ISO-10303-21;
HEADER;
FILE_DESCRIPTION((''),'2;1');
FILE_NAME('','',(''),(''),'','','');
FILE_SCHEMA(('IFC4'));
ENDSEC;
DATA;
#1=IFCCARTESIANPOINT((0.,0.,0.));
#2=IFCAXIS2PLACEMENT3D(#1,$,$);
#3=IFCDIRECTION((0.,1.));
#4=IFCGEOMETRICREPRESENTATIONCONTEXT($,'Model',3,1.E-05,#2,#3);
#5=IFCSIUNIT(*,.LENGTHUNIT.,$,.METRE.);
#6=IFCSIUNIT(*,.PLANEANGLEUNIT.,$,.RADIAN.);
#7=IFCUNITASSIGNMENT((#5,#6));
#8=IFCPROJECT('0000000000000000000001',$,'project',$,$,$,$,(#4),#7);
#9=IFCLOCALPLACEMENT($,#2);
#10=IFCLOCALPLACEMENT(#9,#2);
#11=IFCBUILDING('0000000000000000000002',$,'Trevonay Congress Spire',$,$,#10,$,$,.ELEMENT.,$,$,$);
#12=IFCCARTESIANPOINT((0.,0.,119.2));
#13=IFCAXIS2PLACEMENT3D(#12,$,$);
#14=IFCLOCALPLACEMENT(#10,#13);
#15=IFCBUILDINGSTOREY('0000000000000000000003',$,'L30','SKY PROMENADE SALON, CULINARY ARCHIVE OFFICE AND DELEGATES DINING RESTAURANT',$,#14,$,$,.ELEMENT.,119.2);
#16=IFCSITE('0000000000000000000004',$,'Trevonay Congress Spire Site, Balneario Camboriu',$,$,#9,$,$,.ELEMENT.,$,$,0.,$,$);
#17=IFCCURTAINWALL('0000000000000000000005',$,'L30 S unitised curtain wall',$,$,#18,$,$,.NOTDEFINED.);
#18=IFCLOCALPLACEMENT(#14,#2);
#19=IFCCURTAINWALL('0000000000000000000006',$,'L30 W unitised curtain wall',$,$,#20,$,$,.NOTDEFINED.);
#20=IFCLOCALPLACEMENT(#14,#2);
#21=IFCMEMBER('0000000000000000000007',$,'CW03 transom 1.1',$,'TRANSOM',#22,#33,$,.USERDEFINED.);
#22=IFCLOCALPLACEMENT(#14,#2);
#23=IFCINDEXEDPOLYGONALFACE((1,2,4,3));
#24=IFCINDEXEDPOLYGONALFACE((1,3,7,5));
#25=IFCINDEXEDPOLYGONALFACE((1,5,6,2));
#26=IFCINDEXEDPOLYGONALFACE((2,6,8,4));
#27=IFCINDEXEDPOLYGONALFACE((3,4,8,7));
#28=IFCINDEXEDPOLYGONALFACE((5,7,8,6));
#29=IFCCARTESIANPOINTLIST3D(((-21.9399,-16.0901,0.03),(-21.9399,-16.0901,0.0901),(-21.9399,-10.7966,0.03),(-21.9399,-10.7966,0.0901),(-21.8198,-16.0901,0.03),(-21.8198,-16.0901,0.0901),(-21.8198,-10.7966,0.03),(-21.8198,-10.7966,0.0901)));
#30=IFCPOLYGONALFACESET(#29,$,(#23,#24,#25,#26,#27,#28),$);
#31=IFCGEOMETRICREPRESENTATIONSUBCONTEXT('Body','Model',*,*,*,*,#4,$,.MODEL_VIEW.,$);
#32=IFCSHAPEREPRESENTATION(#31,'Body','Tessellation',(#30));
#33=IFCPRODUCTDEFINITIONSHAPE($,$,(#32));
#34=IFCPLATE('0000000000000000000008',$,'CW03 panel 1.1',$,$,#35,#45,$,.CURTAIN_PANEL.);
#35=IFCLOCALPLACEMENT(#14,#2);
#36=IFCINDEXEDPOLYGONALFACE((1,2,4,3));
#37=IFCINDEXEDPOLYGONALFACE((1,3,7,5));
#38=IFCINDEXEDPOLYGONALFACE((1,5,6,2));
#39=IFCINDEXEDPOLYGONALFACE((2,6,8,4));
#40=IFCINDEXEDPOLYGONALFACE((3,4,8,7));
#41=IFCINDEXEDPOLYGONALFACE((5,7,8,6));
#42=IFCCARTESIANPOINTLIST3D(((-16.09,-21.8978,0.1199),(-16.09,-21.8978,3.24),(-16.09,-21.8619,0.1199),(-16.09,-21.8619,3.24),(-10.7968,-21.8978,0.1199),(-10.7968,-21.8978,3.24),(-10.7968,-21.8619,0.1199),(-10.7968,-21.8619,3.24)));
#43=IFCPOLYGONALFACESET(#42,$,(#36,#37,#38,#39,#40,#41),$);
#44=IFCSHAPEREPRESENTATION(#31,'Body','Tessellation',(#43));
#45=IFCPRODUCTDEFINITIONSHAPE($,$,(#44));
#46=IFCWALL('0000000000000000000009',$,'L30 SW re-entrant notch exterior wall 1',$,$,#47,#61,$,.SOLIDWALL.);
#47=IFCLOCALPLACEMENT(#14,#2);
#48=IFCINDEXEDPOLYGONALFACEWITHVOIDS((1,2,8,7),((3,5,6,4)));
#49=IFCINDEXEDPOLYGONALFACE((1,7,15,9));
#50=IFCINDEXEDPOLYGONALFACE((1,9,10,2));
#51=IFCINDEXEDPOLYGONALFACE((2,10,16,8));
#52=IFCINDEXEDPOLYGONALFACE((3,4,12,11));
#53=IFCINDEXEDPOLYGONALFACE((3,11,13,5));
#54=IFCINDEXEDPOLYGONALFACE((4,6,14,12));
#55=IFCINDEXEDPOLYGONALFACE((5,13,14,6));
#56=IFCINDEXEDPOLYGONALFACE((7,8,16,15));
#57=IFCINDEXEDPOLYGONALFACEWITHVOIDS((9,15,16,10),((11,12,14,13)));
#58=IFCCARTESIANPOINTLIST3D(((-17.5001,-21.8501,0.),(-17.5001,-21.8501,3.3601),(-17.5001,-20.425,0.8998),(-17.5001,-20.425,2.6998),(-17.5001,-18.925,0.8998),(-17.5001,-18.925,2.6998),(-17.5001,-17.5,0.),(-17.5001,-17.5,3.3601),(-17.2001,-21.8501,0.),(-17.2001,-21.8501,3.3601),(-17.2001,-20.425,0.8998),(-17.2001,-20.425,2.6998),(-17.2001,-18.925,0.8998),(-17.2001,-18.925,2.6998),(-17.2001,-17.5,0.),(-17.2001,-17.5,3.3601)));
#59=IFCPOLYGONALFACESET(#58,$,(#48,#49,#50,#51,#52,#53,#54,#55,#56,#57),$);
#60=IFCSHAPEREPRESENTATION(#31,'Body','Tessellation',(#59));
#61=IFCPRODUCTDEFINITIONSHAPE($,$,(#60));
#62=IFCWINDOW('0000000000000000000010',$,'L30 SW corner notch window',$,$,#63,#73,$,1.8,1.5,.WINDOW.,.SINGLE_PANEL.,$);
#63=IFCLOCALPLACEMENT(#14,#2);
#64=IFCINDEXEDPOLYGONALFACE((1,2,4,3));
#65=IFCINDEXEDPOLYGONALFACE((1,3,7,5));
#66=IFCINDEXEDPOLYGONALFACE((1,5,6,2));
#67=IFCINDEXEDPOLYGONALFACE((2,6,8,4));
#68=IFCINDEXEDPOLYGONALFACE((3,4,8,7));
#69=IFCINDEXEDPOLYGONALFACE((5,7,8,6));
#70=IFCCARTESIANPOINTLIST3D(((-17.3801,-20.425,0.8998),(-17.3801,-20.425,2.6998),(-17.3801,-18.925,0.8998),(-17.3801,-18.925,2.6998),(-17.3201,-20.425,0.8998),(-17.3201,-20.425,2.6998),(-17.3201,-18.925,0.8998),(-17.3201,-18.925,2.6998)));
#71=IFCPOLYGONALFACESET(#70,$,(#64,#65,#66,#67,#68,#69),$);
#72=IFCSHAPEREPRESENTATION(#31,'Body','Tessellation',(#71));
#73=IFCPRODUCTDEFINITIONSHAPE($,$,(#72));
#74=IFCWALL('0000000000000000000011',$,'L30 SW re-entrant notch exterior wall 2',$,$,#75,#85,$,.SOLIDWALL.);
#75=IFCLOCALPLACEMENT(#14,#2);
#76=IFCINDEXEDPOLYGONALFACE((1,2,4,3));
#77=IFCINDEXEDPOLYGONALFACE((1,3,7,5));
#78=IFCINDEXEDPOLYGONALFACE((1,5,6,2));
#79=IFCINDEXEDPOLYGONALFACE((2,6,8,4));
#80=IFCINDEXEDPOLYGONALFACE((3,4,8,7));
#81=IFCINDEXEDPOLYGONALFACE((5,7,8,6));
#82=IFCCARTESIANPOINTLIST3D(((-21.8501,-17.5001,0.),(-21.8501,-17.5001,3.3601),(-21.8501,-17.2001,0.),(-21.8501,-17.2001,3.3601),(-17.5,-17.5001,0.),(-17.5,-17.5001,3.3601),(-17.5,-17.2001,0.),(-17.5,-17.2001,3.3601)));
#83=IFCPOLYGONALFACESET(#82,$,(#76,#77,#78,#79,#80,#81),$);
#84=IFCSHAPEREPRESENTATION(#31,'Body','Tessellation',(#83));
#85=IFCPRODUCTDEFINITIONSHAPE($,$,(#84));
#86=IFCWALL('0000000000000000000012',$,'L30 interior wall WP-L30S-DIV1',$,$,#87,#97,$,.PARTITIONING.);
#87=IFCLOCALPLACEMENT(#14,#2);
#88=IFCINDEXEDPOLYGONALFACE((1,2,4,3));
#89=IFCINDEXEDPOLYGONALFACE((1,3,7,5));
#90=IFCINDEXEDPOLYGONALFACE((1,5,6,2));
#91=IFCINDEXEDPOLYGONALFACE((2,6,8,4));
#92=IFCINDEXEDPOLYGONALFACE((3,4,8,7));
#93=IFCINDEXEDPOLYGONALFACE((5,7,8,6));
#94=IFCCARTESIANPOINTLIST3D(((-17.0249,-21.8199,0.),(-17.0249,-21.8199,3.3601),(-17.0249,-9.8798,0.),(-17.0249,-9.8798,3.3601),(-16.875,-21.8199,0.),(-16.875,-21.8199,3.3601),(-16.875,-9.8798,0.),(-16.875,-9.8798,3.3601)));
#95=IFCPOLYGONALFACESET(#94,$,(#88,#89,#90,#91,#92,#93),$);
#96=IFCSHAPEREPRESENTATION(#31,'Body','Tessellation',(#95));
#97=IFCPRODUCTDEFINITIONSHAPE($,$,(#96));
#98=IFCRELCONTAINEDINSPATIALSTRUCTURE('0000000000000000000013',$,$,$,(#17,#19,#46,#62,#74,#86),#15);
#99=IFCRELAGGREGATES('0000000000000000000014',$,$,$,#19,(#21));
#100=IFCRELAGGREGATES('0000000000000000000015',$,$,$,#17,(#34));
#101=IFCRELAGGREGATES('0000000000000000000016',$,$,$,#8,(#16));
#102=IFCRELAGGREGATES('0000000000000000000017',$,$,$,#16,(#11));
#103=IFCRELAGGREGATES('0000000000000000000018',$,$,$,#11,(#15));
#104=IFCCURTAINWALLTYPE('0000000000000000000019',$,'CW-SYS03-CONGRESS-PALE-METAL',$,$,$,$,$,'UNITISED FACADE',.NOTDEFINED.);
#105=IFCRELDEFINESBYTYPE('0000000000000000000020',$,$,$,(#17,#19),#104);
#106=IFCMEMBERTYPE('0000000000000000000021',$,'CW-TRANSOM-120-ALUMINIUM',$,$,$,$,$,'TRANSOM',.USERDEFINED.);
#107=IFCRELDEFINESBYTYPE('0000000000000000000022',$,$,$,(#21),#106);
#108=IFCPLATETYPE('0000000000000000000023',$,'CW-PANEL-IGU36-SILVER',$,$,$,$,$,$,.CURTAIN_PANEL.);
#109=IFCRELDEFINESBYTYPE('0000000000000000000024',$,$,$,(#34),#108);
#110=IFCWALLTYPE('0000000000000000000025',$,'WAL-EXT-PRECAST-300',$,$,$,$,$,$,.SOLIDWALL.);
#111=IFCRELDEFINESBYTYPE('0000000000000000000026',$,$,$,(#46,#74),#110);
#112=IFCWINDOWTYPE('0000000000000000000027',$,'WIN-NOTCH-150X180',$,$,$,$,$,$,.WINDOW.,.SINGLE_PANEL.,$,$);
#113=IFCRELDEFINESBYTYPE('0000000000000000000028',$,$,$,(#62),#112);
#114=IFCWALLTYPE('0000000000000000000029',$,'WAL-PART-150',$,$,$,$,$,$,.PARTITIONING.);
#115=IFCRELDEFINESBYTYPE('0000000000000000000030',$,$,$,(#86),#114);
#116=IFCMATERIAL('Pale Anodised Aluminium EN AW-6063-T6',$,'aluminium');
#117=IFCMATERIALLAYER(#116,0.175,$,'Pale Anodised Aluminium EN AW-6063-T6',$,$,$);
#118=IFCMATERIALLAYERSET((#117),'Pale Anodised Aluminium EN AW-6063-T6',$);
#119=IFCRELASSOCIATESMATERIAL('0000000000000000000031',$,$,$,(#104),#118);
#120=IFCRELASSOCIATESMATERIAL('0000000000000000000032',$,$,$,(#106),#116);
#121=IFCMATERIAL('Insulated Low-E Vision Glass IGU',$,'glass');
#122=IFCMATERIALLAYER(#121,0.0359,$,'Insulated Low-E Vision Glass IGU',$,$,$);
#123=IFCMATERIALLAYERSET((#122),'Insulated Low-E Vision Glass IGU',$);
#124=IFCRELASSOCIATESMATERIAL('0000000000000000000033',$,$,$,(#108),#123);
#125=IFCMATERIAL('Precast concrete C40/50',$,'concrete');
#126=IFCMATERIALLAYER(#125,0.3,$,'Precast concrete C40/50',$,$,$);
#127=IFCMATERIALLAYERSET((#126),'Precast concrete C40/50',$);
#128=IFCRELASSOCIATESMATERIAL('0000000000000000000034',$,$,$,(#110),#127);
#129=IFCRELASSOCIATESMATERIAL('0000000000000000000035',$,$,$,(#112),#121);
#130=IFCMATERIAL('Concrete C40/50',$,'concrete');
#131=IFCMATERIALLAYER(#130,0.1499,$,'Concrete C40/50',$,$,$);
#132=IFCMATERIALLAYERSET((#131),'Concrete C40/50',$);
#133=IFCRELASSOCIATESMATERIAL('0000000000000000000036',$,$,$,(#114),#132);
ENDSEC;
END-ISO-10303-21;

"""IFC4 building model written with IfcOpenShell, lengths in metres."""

from ifc_helpers import new_model, si_unit, direction, frame, frame_2d, origin, origin_2d, place, context, subcontext, project, spatial, rectangle, extrude, material, layer, layer_set, material_profile, profile_set, type_object, element, fill, aggregate, save


model = new_model("IFC4")

# Units and contexts
model_context = context("Model", 3, precision=1e-05, world=origin(), true_north=direction((0.0, 1.0)))
body_context = subcontext(model_context, "Body", "Model", "MODEL_VIEW")
ifc_project = project(units=[si_unit("LENGTHUNIT", "METRE"), si_unit("PLANEANGLEUNIT", "RADIAN")], contexts=[model_context])

# Site, building, storey
site_placement = place(None, origin())
site = spatial("IfcSite", under=ifc_project, at=site_placement, Name="Trevonay Congress Spire Site, Balneario Camboriu", CompositionType="ELEMENT", RefElevation=0.0)
building_placement = place(site_placement, origin())
building = spatial("IfcBuilding", under=site, at=building_placement, Name="Trevonay Congress Spire", CompositionType="ELEMENT")
storey_placement = place(building_placement, frame((0.0, 0.0, 119.2)))
storey = spatial("IfcBuildingStorey", under=building, at=storey_placement, Name="L30", Description="SKY PROMENADE SALON, CULINARY ARCHIVE OFFICE AND DELEGATES DINING RESTAURANT", CompositionType="ELEMENT", Elevation=119.2)

# Curtain wall
ifc_material_1 = material(Name="Pale Anodised Aluminium EN AW-6063-T6", Category="aluminium")
ifc_layer_1 = layer(ifc_material_1, 0.175, Name="Pale Anodised Aluminium EN AW-6063-T6")
ifc_layer_set_1 = layer_set([ifc_layer_1], Name="Pale Anodised Aluminium EN AW-6063-T6")
curtain_wall_type = type_object("IfcCurtainWallType", Name="CW-SYS03-CONGRESS-PALE-METAL", ElementType="UNITISED FACADE", PredefinedType="NOTDEFINED", material=ifc_layer_set_1)
curtain_wall_1_placement = place(storey_placement, origin())
curtain_wall_1 = element("IfcCurtainWall", 1, at=curtain_wall_1_placement, inside=storey, type_object=curtain_wall_type, Name="L30 S unitised curtain wall", PredefinedType="NOTDEFINED")

# Curtain wall
curtain_wall_2_placement = place(storey_placement, origin())
curtain_wall_2 = element("IfcCurtainWall", 2, at=curtain_wall_2_placement, inside=storey, type_object=curtain_wall_type, Name="L30 W unitised curtain wall", PredefinedType="NOTDEFINED")

# Member
ifc_material_profile_1 = material_profile(ifc_material_1, rectangle(XDim=0.1201, YDim=0.0601, at=origin_2d()), Name="CW-TRANSOM-120-ALUMINIUM")
ifc_profile_set_1 = profile_set([ifc_material_profile_1], Name="Pale Anodised Aluminium EN AW-6063-T6")
member_type_1 = type_object("IfcMemberType", Name="CW-TRANSOM-120-ALUMINIUM", ElementType="TRANSOM", PredefinedType="USERDEFINED", material=ifc_profile_set_1)
member_1_placement = place(storey_placement, frame((-21.8799, -16.0901, 0.0601), z_axis=(0.0, 1.0, 0.0), x_axis=(-1.0, 0.0, 0.0)))
member_1 = element("IfcMember", 3, at=member_1_placement, type_object=member_type_1, Name="CW03 transom 1.1", ObjectType="TRANSOM", PredefinedType="USERDEFINED", context=body_context, shape_type="SweptSolid", body=[
    extrude(rectangle(XDim=0.1201, YDim=0.0601, at=origin_2d()), origin(), (0.0, 0.0, 1.0), 5.2935),
])
aggregate(curtain_wall_2, [member_1])

# Plate
ifc_material_2 = material(Name="Insulated Low-E Vision Glass IGU", Category="glass")
ifc_layer_2 = layer(ifc_material_2, 0.0359, Name="Insulated Low-E Vision Glass IGU")
ifc_layer_set_2 = layer_set([ifc_layer_2], Name="Insulated Low-E Vision Glass IGU")
plate_type = type_object("IfcPlateType", Name="CW-PANEL-IGU36-SILVER", PredefinedType="CURTAIN_PANEL", material=ifc_layer_set_2)
plate_placement = place(storey_placement, frame((-13.4434, -21.8799, 0.1199), z_axis=(0.0, 0.0, 1.0), x_axis=(1.0, 0.0, 0.0)))
plate = element("IfcPlate", 4, at=plate_placement, type_object=plate_type, Name="CW03 panel 1.1", PredefinedType="CURTAIN_PANEL", context=body_context, shape_type="SweptSolid", body=[
    extrude(rectangle(XDim=5.2932, YDim=0.0359, at=origin_2d()), origin(), (0.0, 0.0, 1.0), 3.1201),
])
aggregate(curtain_wall_1, [plate])

# Wall, opening, window
ifc_material_3 = material(Name="Precast concrete C40/50", Category="concrete")
ifc_layer_3 = layer(ifc_material_3, 0.3, Name="Precast concrete C40/50")
ifc_layer_set_3 = layer_set([ifc_layer_3], Name="Precast concrete C40/50")
wall_type_1 = type_object("IfcWallType", Name="WAL-EXT-PRECAST-300", PredefinedType="SOLIDWALL", material=ifc_layer_set_3)
wall_1_placement = place(storey_placement, frame((-17.3501, -21.8501, 0.0), z_axis=(0.0, 0.0, 1.0), x_axis=(0.0, 1.0, 0.0)))
wall_1 = element("IfcWall", 5, at=wall_1_placement, inside=storey, type_object=wall_type_1, Name="L30 SW re-entrant notch exterior wall 1", PredefinedType="SOLIDWALL", context=body_context, shape_type="SweptSolid", body=[
    extrude(rectangle(XDim=4.3501, YDim=0.3, at=frame_2d((2.175, 0.0))), origin(), (0.0, 0.0, 1.0), 3.3601),
])
opening_placement = place(wall_1_placement, frame((1.425, 0.0, 0.8999)))
opening = element("IfcOpeningElement", 6, at=opening_placement, cuts=wall_1, PredefinedType="OPENING", context=body_context, shape_type="SweptSolid", body=[
    extrude(rectangle(XDim=1.5, YDim=1.8, at=frame_2d((0.75, 0.8999))), frame((0.0, 0.1602, 0.0), z_axis=(0.0, -1.0, 0.0), x_axis=(1.0, 0.0, 0.0)), (0.0, 0.0, 1.0), 0.3201),
])
window_type = type_object("IfcWindowType", Name="WIN-NOTCH-150X180", PartitioningType="SINGLE_PANEL", PredefinedType="WINDOW", material=ifc_material_2)
window_placement = place(opening_placement, origin())
window = element("IfcWindow", 7, at=window_placement, inside=storey, type_object=window_type, Name="L30 SW corner notch window", OverallHeight=1.8, OverallWidth=1.5, PartitioningType="SINGLE_PANEL", PredefinedType="WINDOW", context=body_context, shape_type="SweptSolid", body=[
    extrude(rectangle(XDim=1.5, YDim=1.8, at=frame_2d((0.75, 0.8999))), frame((0.0, 0.03, 0.0), z_axis=(0.0, -1.0, 0.0), x_axis=(1.0, 0.0, 0.0)), (0.0, 0.0, 1.0), 0.0601),
])
fill(opening, window)

# Walls
wall_2_placement = place(storey_placement, frame((-21.8501, -17.3501, 0.0), z_axis=(0.0, 0.0, 1.0), x_axis=(1.0, 0.0, 0.0)))
element("IfcWall", 8, at=wall_2_placement, inside=storey, type_object=wall_type_1, Name="L30 SW re-entrant notch exterior wall 2", PredefinedType="SOLIDWALL", context=body_context, shape_type="SweptSolid", body=[
    extrude(rectangle(XDim=4.3501, YDim=0.3, at=frame_2d((2.175, 0.0))), origin(), (0.0, 0.0, 1.0), 3.3601),
])
ifc_material_4 = material(Name="Concrete C40/50", Category="concrete")
ifc_layer_4 = layer(ifc_material_4, 0.1499, Name="Concrete C40/50")
ifc_layer_set_4 = layer_set([ifc_layer_4], Name="Concrete C40/50")
wall_type_2 = type_object("IfcWallType", Name="WAL-PART-150", PredefinedType="PARTITIONING", material=ifc_layer_set_4)
wall_3_placement = place(storey_placement, frame((-16.95, -21.8201, 0.0), z_axis=(0.0, 0.0, 1.0), x_axis=(0.0, 1.0, 0.0)))
element("IfcWall", 9, at=wall_3_placement, inside=storey, type_object=wall_type_2, Name="L30 interior wall WP-L30S-DIV1", PredefinedType="PARTITIONING", context=body_context, shape_type="SweptSolid", body=[
    extrude(rectangle(XDim=11.9402, YDim=0.1499, at=frame_2d((5.9702, 0.0))), origin(), (0.0, 0.0, 1.0), 3.3601),
])

save(model, "model.ifc")
